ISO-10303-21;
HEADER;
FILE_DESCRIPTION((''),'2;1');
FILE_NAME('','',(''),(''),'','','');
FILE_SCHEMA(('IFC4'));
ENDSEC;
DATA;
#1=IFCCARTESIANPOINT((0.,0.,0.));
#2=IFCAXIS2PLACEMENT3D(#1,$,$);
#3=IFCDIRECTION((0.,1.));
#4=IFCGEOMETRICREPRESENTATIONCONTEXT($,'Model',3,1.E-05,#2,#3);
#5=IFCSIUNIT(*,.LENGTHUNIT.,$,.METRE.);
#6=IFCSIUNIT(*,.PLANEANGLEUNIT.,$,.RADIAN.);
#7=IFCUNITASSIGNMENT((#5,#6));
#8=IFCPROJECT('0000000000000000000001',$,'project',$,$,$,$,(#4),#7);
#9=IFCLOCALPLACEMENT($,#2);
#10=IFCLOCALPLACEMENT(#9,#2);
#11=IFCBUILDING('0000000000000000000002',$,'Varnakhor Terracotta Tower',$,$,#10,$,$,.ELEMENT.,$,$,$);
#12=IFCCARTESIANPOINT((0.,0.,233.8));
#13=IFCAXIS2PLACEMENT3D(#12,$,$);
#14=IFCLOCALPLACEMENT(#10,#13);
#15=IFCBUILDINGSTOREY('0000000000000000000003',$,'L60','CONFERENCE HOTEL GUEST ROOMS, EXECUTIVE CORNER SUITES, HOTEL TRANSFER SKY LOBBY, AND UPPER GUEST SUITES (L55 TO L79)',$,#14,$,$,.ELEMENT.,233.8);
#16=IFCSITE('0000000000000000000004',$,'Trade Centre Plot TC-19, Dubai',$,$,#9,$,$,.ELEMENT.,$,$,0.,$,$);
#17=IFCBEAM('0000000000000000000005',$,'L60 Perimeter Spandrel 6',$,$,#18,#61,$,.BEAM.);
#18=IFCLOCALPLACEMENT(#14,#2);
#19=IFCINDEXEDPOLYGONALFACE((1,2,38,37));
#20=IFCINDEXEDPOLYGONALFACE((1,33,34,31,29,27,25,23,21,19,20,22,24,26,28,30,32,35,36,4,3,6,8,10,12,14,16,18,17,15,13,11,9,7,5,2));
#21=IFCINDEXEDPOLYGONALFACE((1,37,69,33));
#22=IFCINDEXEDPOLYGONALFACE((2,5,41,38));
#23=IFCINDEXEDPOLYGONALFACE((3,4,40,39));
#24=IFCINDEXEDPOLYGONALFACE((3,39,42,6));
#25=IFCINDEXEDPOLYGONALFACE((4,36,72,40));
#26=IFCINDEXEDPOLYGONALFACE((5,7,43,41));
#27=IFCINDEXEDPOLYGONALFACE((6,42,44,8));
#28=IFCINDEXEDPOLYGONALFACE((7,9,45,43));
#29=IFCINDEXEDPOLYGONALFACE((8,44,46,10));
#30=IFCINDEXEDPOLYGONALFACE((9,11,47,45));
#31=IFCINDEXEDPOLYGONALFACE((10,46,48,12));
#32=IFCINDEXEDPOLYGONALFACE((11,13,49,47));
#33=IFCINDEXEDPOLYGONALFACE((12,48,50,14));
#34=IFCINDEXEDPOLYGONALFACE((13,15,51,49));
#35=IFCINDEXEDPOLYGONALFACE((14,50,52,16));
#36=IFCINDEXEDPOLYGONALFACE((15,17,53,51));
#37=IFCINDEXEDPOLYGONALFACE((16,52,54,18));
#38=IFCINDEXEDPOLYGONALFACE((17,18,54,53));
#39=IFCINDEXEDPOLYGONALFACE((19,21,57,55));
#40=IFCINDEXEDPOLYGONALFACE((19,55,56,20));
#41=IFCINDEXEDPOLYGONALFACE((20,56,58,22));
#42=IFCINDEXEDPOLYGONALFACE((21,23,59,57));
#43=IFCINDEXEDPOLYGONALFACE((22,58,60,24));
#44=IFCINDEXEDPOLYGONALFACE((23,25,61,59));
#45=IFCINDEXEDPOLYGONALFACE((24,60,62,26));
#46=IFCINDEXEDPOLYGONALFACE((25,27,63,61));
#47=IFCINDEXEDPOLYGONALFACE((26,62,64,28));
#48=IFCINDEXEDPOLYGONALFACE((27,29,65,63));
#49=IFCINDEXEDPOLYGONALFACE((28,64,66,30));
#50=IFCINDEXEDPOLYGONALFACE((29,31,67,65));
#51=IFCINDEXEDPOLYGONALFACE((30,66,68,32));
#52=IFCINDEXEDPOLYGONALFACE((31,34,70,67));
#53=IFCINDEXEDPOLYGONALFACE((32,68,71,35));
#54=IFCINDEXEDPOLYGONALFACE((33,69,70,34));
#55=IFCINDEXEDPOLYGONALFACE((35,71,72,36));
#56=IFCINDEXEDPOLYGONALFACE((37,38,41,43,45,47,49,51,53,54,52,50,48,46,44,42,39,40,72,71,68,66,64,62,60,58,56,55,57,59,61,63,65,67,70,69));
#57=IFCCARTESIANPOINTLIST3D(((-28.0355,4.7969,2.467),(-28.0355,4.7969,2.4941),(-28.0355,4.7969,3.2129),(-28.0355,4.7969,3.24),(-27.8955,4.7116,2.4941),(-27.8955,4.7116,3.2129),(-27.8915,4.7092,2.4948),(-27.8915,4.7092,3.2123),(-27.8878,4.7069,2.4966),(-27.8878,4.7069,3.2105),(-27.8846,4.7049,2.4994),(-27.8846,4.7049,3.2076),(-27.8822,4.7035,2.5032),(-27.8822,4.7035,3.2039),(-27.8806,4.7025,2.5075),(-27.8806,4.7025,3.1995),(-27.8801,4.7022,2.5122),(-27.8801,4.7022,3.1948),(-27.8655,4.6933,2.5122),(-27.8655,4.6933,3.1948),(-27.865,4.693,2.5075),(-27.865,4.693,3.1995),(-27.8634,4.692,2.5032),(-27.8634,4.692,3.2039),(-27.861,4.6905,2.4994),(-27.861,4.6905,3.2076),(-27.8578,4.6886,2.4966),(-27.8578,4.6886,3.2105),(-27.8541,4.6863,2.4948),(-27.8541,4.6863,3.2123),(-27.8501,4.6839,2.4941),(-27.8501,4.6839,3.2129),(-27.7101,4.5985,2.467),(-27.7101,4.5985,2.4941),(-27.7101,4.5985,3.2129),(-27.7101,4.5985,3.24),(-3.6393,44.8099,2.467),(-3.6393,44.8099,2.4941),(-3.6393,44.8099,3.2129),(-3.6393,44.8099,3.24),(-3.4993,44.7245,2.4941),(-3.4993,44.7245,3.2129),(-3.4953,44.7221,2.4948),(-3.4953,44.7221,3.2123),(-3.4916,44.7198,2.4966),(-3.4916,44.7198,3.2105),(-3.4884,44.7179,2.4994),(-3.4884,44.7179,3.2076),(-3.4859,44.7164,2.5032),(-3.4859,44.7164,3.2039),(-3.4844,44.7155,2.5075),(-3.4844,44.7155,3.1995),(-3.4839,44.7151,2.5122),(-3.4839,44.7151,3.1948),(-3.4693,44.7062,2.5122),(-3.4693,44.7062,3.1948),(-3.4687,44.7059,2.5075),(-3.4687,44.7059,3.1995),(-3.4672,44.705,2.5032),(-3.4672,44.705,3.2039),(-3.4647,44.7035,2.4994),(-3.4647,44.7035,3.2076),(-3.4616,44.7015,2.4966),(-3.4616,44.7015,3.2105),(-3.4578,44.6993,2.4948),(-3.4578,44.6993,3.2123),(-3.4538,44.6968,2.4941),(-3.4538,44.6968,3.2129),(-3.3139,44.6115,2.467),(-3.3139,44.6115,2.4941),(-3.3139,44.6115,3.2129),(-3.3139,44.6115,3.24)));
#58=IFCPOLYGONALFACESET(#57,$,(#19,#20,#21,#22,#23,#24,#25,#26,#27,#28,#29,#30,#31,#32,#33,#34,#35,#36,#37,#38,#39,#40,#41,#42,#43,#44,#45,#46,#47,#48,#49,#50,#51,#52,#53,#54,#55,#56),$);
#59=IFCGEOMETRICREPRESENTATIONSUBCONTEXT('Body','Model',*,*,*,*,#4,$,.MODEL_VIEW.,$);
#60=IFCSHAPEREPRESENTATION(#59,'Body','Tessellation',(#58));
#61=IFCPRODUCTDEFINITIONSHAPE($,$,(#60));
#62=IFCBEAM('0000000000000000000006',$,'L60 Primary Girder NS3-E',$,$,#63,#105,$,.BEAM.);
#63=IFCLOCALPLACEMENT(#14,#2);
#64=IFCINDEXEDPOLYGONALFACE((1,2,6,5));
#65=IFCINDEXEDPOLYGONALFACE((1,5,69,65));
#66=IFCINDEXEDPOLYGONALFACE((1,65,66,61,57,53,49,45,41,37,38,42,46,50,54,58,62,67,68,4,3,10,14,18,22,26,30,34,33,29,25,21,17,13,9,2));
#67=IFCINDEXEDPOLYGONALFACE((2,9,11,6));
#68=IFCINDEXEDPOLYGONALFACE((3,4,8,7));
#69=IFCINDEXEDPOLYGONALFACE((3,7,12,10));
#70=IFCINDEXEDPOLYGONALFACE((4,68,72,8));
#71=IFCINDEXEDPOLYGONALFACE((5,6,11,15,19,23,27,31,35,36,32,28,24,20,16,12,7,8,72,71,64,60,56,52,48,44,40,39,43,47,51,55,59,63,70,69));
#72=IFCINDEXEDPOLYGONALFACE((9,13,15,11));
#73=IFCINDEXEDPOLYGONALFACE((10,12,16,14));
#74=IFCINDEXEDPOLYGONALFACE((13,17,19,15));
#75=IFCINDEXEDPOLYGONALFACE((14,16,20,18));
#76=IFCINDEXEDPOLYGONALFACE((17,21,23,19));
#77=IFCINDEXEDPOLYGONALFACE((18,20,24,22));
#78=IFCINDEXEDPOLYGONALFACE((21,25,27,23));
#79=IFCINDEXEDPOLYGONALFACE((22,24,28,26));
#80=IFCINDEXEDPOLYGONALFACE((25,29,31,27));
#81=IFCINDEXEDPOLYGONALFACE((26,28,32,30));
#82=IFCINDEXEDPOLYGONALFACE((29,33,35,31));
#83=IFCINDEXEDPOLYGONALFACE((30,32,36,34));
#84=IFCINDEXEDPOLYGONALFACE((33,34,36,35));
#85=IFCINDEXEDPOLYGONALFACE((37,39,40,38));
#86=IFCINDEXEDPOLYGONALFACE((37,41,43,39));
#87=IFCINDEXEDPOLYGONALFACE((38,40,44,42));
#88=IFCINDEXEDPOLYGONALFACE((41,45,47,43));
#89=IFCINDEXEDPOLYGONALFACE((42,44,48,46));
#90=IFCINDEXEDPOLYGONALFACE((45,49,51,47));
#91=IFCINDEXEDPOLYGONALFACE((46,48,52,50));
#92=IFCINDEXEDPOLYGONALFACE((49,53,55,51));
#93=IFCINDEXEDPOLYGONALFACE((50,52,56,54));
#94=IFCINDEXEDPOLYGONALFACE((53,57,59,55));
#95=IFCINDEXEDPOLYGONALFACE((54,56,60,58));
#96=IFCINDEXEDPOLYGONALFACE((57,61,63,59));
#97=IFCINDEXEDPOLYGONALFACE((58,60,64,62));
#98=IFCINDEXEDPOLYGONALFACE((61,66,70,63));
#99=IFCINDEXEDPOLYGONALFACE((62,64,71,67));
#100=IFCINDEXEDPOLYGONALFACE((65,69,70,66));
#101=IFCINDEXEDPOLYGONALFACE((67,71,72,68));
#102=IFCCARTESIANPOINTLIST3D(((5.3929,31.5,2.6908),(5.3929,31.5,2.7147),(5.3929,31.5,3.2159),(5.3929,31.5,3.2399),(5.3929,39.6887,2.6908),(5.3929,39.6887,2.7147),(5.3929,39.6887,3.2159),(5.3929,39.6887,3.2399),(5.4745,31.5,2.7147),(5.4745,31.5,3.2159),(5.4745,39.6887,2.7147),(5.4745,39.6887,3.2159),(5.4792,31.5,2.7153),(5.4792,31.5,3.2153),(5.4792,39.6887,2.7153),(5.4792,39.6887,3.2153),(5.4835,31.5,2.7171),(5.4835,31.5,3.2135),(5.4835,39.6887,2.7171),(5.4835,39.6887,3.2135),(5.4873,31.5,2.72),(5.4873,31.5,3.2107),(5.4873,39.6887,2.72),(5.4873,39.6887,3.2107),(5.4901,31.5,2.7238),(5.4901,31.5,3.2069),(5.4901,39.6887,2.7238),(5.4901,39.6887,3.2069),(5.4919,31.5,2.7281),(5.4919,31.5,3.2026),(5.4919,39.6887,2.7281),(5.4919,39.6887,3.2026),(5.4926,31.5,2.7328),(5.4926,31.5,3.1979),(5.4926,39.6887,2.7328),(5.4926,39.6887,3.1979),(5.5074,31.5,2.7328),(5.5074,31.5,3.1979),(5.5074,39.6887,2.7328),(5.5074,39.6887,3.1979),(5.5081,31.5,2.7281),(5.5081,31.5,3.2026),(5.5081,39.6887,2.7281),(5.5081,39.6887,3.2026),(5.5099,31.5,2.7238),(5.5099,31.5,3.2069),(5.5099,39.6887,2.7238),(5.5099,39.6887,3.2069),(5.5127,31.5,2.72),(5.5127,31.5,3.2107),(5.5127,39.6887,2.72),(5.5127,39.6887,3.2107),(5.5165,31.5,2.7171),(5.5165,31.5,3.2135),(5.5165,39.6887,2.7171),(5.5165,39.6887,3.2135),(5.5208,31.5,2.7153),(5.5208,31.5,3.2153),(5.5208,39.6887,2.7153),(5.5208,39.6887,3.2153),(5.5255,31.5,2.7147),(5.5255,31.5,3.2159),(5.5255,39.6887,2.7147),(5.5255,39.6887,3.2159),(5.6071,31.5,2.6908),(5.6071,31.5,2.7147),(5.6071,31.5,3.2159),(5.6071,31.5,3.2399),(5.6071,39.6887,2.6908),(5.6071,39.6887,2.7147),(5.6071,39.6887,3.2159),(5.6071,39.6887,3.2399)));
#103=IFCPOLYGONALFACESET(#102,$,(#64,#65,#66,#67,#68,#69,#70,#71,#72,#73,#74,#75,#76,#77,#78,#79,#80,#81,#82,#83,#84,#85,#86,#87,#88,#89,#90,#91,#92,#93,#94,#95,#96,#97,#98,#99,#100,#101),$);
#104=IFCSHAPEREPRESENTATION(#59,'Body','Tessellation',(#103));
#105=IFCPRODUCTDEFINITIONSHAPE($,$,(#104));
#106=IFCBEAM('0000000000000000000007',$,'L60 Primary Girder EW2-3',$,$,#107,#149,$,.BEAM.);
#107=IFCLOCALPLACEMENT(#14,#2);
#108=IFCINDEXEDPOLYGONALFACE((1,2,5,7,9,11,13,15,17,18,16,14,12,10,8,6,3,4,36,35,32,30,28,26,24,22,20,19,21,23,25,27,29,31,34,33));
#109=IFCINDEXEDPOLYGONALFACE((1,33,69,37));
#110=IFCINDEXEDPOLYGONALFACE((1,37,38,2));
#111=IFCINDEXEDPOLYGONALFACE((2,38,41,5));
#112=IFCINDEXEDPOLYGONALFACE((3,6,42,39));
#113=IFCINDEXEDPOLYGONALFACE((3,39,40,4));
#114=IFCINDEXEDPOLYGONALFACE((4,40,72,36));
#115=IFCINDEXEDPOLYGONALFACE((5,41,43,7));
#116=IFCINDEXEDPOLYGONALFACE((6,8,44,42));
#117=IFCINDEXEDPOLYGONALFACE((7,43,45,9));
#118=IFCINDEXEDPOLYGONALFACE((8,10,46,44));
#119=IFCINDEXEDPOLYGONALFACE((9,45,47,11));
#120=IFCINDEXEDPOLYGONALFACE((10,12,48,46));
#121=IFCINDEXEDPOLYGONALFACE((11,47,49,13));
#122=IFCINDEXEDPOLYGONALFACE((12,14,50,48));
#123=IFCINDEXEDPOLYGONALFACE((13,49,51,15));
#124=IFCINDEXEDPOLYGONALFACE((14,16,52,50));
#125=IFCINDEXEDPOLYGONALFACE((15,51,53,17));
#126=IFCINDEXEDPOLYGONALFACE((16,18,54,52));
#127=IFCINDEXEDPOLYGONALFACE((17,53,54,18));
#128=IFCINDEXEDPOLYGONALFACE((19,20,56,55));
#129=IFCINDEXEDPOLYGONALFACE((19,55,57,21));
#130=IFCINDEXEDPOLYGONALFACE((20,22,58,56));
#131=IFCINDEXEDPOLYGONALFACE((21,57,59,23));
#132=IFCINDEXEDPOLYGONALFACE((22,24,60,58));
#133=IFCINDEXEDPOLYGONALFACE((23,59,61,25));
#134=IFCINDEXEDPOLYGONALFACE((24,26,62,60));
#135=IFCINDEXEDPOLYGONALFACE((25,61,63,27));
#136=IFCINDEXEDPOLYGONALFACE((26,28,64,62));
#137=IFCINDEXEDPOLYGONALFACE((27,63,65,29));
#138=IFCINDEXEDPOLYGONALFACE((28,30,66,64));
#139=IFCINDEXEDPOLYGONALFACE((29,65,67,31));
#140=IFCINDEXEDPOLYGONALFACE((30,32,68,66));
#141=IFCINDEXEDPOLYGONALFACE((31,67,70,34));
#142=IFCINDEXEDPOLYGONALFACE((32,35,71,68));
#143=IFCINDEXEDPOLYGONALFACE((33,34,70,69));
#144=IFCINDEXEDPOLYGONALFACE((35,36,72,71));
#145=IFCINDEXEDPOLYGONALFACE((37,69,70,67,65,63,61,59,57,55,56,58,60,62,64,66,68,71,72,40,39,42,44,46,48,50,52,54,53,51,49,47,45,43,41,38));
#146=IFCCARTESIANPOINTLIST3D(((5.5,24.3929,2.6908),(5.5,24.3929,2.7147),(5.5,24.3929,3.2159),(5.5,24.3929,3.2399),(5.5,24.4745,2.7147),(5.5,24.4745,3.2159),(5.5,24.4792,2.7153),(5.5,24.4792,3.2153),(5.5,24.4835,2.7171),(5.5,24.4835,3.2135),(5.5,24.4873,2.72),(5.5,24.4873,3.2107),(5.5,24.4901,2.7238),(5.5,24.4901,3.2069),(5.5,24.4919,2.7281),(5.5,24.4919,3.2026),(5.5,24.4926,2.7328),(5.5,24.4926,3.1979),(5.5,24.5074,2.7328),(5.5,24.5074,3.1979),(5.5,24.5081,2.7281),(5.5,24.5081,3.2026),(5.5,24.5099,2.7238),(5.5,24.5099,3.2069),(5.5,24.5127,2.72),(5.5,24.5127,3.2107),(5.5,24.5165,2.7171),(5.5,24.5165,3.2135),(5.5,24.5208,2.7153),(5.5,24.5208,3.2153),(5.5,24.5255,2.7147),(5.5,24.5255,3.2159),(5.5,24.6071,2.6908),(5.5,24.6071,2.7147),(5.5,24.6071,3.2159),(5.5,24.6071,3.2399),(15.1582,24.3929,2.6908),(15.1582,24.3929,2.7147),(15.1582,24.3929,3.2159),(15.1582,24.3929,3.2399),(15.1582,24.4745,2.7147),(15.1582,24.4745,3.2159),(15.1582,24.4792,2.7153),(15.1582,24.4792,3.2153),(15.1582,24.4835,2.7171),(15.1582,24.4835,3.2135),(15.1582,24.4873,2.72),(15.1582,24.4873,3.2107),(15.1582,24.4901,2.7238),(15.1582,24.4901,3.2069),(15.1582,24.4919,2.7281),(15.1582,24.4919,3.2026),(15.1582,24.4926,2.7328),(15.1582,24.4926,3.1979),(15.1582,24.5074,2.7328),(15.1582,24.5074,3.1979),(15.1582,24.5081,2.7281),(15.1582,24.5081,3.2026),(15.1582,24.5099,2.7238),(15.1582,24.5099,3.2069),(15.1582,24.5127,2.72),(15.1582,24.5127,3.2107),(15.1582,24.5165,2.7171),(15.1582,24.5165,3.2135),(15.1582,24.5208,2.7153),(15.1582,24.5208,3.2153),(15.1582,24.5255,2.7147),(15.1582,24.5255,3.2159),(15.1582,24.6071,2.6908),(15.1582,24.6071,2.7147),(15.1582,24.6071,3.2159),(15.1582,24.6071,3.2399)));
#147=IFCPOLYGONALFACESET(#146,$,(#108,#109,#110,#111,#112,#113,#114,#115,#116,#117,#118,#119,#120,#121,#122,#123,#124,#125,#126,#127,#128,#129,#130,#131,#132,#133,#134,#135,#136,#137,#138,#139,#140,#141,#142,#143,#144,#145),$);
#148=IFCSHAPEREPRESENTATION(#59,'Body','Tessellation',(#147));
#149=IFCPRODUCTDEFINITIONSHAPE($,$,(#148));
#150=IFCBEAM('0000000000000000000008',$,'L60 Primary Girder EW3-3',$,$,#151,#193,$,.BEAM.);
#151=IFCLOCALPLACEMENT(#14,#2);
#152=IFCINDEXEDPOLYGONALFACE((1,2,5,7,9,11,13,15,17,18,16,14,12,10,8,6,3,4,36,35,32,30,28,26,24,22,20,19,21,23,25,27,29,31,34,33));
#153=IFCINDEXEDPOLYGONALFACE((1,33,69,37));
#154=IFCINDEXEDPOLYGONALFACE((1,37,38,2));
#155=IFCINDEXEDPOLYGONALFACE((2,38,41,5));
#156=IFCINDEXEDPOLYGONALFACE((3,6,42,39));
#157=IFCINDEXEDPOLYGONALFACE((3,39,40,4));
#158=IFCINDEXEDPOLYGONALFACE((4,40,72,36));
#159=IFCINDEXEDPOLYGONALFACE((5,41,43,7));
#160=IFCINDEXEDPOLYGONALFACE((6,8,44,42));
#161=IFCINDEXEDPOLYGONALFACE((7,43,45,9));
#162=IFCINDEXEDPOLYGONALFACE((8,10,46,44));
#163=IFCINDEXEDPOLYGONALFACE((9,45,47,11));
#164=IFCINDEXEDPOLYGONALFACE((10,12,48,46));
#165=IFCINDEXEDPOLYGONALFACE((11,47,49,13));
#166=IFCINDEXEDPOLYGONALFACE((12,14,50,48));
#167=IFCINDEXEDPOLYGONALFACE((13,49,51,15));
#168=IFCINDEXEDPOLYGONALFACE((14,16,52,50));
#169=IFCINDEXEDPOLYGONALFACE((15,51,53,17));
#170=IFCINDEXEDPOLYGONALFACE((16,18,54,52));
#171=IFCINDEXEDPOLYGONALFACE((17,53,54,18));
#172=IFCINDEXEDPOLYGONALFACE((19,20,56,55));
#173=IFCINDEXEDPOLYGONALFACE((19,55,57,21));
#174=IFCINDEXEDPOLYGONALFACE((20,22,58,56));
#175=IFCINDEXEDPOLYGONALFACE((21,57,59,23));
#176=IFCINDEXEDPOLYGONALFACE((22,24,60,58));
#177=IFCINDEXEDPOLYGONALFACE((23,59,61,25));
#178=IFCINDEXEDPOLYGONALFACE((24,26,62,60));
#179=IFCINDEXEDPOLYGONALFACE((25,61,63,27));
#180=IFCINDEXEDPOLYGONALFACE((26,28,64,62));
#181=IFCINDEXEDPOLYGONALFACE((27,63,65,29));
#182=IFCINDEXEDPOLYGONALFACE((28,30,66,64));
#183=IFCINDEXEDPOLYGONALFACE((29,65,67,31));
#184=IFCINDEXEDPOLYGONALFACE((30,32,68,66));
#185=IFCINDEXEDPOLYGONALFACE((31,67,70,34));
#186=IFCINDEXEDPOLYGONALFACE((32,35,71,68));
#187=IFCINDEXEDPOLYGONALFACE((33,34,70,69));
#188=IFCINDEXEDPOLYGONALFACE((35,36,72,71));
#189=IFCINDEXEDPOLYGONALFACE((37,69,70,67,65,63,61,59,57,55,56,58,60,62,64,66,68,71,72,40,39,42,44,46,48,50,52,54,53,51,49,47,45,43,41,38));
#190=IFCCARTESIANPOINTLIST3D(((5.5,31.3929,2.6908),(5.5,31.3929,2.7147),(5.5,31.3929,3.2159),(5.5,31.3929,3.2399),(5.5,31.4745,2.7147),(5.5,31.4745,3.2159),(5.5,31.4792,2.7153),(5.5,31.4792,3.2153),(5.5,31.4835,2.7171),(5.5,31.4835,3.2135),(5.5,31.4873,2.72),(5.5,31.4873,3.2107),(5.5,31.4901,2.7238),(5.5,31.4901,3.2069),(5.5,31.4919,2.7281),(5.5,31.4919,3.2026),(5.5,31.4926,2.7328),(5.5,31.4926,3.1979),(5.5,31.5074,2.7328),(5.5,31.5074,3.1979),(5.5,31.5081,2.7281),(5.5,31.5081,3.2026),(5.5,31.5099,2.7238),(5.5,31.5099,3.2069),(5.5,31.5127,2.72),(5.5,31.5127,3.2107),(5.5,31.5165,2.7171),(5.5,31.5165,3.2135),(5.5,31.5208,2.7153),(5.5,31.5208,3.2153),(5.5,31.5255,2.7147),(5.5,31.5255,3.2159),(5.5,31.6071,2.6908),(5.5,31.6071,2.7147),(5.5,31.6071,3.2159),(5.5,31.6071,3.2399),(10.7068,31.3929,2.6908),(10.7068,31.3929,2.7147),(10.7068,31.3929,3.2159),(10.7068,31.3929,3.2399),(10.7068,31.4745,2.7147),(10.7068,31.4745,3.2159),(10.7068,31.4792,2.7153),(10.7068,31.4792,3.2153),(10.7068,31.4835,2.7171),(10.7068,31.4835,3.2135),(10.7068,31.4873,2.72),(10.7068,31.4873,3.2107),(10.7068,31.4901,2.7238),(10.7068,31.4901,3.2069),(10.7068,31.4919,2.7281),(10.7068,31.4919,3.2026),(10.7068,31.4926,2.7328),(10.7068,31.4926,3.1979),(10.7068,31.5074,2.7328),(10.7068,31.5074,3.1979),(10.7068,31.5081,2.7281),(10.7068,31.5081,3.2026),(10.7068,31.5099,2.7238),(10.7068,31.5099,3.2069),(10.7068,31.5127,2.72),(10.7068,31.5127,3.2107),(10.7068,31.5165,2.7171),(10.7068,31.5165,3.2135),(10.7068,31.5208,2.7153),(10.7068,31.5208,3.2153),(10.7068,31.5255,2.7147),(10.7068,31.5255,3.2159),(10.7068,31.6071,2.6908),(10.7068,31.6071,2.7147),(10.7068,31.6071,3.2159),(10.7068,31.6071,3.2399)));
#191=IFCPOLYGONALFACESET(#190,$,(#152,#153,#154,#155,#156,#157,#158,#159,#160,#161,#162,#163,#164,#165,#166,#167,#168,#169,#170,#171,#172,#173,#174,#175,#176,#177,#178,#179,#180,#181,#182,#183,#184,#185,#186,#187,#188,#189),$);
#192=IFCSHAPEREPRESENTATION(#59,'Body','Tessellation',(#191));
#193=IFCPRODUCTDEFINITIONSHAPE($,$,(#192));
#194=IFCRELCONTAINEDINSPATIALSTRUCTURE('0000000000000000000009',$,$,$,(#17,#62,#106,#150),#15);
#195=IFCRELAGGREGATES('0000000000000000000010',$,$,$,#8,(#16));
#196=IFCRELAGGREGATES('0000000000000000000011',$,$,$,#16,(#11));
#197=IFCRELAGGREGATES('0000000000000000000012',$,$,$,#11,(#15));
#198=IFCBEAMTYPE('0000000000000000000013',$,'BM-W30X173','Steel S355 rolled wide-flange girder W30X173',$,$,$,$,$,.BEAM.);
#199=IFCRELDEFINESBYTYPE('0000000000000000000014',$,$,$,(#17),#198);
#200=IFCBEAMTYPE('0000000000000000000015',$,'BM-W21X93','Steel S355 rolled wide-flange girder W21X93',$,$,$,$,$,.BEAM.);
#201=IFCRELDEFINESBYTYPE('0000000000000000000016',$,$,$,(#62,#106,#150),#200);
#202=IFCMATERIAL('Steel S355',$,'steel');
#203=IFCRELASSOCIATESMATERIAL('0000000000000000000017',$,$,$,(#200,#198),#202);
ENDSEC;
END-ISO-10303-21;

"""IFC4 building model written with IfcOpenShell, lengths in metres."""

from ifc_helpers import new_model, si_unit, direction, frame, origin, origin_2d, place, context, subcontext, project, spatial, i_section, extrude, source, transform, mapped, material, material_profile, profile_set, type_object, element, save


model = new_model("IFC4")

# Units and contexts
model_context = context("Model", 3, precision=1e-05, world=origin(), true_north=direction((0.0, 1.0)))
body_context = subcontext(model_context, "Body", "Model", "MODEL_VIEW")
ifc_project = project(units=[si_unit("LENGTHUNIT", "METRE"), si_unit("PLANEANGLEUNIT", "RADIAN")], contexts=[model_context])

# Site, building, storey
site_placement = place(None, origin())
site = spatial("IfcSite", under=ifc_project, at=site_placement, Name="Trade Centre Plot TC-19, Dubai", CompositionType="ELEMENT", RefElevation=0.0)
building_placement = place(site_placement, origin())
building = spatial("IfcBuilding", under=site, at=building_placement, Name="Varnakhor Terracotta Tower", CompositionType="ELEMENT")
storey_placement = place(building_placement, frame((0.0, 0.0, 233.8)))
storey = spatial("IfcBuildingStorey", under=building, at=storey_placement, Name="L60", Description="CONFERENCE HOTEL GUEST ROOMS, EXECUTIVE CORNER SUITES, HOTEL TRANSFER SKY LOBBY, AND UPPER GUEST SUITES (L55 TO L79)", CompositionType="ELEMENT", Elevation=233.8)

# Beams
ifc_material_1 = material(Name="Steel S355", Category="steel")
ifc_material_profile_1 = material_profile(ifc_material_1, i_section(OverallWidth=0.2141, OverallDepth=0.5491, WebThickness=0.0149, FlangeThickness=0.0239, FilletRadius=0.0181, at=origin_2d()), Name="W21X93")
ifc_profile_set_1 = profile_set([ifc_material_profile_1], Name="Steel S355")
beam_type_1 = type_object("IfcBeamType", Name="BM-W21X93", Description="Steel S355 rolled wide-flange girder W21X93", PredefinedType="BEAM", material=ifc_profile_set_1)
ifc_material_profile_2 = material_profile(ifc_material_1, i_section(OverallWidth=0.3811, OverallDepth=0.7729, WebThickness=0.0171, FlangeThickness=0.0271, FilletRadius=0.0181, at=origin_2d()), Name="W30X173")
ifc_profile_set_2 = profile_set([ifc_material_profile_2], Name="Steel S355")
beam_type_2 = type_object("IfcBeamType", Name="BM-W30X173", Description="Steel S355 rolled wide-flange girder W30X173", PredefinedType="BEAM", material=ifc_profile_set_2)
shared_shape_1 = source(origin(), body_context, "Body", "SweptSolid", [
    extrude(i_section(OverallWidth=0.3811, OverallDepth=0.7729, WebThickness=0.0171, FlangeThickness=0.0271, FilletRadius=0.0181, at=origin_2d()), origin(), (0.0, 0.0, 1.0), 46.8638),
])
beam_1_placement = place(storey_placement, frame((-3.4766, 44.7107, 2.8535), z_axis=(-0.520578, -0.853814, 0.0), x_axis=(0.853814, -0.520578, 0.0)))
element("IfcBeam", 1, at=beam_1_placement, inside=storey, type_object=beam_type_2, Name="L60 Perimeter Spandrel 6", PredefinedType="BEAM", context=body_context, shape_type="MappedRepresentation", body=[
    mapped(shared_shape_1, transform((0.0, 0.0, 0.0), scale=1.0)),
])
shared_shape_2 = source(origin(), body_context, "Body", "SweptSolid", [
    extrude(i_section(OverallWidth=0.2141, OverallDepth=0.5491, WebThickness=0.0149, FlangeThickness=0.0239, FilletRadius=0.0181, at=origin_2d()), origin(), (0.0, 0.0, 1.0), 8.1887),
])
beam_2_placement = place(storey_placement, frame((5.5, 31.5, 2.9653), z_axis=(0.0, 1.0, 0.0), x_axis=(-1.0, 0.0, 0.0)))
element("IfcBeam", 2, at=beam_2_placement, inside=storey, type_object=beam_type_1, Name="L60 Primary Girder NS3-E", PredefinedType="BEAM", context=body_context, shape_type="MappedRepresentation", body=[
    mapped(shared_shape_2, transform((0.0, 0.0, 0.0), scale=1.0)),
])
shared_shape_3 = source(origin(), body_context, "Body", "SweptSolid", [
    extrude(i_section(OverallWidth=0.2141, OverallDepth=0.5491, WebThickness=0.0149, FlangeThickness=0.0239, FilletRadius=0.0181, at=origin_2d()), origin(), (0.0, 0.0, 1.0), 9.6582),
])
beam_3_placement = place(storey_placement, frame((5.5, 24.5, 2.9653), z_axis=(1.0, 0.0, 0.0), x_axis=(0.0, 1.0, 0.0)))
element("IfcBeam", 3, at=beam_3_placement, inside=storey, type_object=beam_type_1, Name="L60 Primary Girder EW2-3", PredefinedType="BEAM", context=body_context, shape_type="MappedRepresentation", body=[
    mapped(shared_shape_3, transform((0.0, 0.0, 0.0), scale=1.0)),
])
shared_shape_4 = source(origin(), body_context, "Body", "SweptSolid", [
    extrude(i_section(OverallWidth=0.2141, OverallDepth=0.5491, WebThickness=0.0149, FlangeThickness=0.0239, FilletRadius=0.0181, at=origin_2d()), origin(), (0.0, 0.0, 1.0), 5.2068),
])
beam_4_placement = place(storey_placement, frame((5.5, 31.5, 2.9653), z_axis=(1.0, 0.0, 0.0), x_axis=(0.0, 1.0, 0.0)))
element("IfcBeam", 4, at=beam_4_placement, inside=storey, type_object=beam_type_1, Name="L60 Primary Girder EW3-3", PredefinedType="BEAM", context=body_context, shape_type="MappedRepresentation", body=[
    mapped(shared_shape_4, transform((0.0, 0.0, 0.0), scale=1.0)),
])

save(model, "model.ifc")
